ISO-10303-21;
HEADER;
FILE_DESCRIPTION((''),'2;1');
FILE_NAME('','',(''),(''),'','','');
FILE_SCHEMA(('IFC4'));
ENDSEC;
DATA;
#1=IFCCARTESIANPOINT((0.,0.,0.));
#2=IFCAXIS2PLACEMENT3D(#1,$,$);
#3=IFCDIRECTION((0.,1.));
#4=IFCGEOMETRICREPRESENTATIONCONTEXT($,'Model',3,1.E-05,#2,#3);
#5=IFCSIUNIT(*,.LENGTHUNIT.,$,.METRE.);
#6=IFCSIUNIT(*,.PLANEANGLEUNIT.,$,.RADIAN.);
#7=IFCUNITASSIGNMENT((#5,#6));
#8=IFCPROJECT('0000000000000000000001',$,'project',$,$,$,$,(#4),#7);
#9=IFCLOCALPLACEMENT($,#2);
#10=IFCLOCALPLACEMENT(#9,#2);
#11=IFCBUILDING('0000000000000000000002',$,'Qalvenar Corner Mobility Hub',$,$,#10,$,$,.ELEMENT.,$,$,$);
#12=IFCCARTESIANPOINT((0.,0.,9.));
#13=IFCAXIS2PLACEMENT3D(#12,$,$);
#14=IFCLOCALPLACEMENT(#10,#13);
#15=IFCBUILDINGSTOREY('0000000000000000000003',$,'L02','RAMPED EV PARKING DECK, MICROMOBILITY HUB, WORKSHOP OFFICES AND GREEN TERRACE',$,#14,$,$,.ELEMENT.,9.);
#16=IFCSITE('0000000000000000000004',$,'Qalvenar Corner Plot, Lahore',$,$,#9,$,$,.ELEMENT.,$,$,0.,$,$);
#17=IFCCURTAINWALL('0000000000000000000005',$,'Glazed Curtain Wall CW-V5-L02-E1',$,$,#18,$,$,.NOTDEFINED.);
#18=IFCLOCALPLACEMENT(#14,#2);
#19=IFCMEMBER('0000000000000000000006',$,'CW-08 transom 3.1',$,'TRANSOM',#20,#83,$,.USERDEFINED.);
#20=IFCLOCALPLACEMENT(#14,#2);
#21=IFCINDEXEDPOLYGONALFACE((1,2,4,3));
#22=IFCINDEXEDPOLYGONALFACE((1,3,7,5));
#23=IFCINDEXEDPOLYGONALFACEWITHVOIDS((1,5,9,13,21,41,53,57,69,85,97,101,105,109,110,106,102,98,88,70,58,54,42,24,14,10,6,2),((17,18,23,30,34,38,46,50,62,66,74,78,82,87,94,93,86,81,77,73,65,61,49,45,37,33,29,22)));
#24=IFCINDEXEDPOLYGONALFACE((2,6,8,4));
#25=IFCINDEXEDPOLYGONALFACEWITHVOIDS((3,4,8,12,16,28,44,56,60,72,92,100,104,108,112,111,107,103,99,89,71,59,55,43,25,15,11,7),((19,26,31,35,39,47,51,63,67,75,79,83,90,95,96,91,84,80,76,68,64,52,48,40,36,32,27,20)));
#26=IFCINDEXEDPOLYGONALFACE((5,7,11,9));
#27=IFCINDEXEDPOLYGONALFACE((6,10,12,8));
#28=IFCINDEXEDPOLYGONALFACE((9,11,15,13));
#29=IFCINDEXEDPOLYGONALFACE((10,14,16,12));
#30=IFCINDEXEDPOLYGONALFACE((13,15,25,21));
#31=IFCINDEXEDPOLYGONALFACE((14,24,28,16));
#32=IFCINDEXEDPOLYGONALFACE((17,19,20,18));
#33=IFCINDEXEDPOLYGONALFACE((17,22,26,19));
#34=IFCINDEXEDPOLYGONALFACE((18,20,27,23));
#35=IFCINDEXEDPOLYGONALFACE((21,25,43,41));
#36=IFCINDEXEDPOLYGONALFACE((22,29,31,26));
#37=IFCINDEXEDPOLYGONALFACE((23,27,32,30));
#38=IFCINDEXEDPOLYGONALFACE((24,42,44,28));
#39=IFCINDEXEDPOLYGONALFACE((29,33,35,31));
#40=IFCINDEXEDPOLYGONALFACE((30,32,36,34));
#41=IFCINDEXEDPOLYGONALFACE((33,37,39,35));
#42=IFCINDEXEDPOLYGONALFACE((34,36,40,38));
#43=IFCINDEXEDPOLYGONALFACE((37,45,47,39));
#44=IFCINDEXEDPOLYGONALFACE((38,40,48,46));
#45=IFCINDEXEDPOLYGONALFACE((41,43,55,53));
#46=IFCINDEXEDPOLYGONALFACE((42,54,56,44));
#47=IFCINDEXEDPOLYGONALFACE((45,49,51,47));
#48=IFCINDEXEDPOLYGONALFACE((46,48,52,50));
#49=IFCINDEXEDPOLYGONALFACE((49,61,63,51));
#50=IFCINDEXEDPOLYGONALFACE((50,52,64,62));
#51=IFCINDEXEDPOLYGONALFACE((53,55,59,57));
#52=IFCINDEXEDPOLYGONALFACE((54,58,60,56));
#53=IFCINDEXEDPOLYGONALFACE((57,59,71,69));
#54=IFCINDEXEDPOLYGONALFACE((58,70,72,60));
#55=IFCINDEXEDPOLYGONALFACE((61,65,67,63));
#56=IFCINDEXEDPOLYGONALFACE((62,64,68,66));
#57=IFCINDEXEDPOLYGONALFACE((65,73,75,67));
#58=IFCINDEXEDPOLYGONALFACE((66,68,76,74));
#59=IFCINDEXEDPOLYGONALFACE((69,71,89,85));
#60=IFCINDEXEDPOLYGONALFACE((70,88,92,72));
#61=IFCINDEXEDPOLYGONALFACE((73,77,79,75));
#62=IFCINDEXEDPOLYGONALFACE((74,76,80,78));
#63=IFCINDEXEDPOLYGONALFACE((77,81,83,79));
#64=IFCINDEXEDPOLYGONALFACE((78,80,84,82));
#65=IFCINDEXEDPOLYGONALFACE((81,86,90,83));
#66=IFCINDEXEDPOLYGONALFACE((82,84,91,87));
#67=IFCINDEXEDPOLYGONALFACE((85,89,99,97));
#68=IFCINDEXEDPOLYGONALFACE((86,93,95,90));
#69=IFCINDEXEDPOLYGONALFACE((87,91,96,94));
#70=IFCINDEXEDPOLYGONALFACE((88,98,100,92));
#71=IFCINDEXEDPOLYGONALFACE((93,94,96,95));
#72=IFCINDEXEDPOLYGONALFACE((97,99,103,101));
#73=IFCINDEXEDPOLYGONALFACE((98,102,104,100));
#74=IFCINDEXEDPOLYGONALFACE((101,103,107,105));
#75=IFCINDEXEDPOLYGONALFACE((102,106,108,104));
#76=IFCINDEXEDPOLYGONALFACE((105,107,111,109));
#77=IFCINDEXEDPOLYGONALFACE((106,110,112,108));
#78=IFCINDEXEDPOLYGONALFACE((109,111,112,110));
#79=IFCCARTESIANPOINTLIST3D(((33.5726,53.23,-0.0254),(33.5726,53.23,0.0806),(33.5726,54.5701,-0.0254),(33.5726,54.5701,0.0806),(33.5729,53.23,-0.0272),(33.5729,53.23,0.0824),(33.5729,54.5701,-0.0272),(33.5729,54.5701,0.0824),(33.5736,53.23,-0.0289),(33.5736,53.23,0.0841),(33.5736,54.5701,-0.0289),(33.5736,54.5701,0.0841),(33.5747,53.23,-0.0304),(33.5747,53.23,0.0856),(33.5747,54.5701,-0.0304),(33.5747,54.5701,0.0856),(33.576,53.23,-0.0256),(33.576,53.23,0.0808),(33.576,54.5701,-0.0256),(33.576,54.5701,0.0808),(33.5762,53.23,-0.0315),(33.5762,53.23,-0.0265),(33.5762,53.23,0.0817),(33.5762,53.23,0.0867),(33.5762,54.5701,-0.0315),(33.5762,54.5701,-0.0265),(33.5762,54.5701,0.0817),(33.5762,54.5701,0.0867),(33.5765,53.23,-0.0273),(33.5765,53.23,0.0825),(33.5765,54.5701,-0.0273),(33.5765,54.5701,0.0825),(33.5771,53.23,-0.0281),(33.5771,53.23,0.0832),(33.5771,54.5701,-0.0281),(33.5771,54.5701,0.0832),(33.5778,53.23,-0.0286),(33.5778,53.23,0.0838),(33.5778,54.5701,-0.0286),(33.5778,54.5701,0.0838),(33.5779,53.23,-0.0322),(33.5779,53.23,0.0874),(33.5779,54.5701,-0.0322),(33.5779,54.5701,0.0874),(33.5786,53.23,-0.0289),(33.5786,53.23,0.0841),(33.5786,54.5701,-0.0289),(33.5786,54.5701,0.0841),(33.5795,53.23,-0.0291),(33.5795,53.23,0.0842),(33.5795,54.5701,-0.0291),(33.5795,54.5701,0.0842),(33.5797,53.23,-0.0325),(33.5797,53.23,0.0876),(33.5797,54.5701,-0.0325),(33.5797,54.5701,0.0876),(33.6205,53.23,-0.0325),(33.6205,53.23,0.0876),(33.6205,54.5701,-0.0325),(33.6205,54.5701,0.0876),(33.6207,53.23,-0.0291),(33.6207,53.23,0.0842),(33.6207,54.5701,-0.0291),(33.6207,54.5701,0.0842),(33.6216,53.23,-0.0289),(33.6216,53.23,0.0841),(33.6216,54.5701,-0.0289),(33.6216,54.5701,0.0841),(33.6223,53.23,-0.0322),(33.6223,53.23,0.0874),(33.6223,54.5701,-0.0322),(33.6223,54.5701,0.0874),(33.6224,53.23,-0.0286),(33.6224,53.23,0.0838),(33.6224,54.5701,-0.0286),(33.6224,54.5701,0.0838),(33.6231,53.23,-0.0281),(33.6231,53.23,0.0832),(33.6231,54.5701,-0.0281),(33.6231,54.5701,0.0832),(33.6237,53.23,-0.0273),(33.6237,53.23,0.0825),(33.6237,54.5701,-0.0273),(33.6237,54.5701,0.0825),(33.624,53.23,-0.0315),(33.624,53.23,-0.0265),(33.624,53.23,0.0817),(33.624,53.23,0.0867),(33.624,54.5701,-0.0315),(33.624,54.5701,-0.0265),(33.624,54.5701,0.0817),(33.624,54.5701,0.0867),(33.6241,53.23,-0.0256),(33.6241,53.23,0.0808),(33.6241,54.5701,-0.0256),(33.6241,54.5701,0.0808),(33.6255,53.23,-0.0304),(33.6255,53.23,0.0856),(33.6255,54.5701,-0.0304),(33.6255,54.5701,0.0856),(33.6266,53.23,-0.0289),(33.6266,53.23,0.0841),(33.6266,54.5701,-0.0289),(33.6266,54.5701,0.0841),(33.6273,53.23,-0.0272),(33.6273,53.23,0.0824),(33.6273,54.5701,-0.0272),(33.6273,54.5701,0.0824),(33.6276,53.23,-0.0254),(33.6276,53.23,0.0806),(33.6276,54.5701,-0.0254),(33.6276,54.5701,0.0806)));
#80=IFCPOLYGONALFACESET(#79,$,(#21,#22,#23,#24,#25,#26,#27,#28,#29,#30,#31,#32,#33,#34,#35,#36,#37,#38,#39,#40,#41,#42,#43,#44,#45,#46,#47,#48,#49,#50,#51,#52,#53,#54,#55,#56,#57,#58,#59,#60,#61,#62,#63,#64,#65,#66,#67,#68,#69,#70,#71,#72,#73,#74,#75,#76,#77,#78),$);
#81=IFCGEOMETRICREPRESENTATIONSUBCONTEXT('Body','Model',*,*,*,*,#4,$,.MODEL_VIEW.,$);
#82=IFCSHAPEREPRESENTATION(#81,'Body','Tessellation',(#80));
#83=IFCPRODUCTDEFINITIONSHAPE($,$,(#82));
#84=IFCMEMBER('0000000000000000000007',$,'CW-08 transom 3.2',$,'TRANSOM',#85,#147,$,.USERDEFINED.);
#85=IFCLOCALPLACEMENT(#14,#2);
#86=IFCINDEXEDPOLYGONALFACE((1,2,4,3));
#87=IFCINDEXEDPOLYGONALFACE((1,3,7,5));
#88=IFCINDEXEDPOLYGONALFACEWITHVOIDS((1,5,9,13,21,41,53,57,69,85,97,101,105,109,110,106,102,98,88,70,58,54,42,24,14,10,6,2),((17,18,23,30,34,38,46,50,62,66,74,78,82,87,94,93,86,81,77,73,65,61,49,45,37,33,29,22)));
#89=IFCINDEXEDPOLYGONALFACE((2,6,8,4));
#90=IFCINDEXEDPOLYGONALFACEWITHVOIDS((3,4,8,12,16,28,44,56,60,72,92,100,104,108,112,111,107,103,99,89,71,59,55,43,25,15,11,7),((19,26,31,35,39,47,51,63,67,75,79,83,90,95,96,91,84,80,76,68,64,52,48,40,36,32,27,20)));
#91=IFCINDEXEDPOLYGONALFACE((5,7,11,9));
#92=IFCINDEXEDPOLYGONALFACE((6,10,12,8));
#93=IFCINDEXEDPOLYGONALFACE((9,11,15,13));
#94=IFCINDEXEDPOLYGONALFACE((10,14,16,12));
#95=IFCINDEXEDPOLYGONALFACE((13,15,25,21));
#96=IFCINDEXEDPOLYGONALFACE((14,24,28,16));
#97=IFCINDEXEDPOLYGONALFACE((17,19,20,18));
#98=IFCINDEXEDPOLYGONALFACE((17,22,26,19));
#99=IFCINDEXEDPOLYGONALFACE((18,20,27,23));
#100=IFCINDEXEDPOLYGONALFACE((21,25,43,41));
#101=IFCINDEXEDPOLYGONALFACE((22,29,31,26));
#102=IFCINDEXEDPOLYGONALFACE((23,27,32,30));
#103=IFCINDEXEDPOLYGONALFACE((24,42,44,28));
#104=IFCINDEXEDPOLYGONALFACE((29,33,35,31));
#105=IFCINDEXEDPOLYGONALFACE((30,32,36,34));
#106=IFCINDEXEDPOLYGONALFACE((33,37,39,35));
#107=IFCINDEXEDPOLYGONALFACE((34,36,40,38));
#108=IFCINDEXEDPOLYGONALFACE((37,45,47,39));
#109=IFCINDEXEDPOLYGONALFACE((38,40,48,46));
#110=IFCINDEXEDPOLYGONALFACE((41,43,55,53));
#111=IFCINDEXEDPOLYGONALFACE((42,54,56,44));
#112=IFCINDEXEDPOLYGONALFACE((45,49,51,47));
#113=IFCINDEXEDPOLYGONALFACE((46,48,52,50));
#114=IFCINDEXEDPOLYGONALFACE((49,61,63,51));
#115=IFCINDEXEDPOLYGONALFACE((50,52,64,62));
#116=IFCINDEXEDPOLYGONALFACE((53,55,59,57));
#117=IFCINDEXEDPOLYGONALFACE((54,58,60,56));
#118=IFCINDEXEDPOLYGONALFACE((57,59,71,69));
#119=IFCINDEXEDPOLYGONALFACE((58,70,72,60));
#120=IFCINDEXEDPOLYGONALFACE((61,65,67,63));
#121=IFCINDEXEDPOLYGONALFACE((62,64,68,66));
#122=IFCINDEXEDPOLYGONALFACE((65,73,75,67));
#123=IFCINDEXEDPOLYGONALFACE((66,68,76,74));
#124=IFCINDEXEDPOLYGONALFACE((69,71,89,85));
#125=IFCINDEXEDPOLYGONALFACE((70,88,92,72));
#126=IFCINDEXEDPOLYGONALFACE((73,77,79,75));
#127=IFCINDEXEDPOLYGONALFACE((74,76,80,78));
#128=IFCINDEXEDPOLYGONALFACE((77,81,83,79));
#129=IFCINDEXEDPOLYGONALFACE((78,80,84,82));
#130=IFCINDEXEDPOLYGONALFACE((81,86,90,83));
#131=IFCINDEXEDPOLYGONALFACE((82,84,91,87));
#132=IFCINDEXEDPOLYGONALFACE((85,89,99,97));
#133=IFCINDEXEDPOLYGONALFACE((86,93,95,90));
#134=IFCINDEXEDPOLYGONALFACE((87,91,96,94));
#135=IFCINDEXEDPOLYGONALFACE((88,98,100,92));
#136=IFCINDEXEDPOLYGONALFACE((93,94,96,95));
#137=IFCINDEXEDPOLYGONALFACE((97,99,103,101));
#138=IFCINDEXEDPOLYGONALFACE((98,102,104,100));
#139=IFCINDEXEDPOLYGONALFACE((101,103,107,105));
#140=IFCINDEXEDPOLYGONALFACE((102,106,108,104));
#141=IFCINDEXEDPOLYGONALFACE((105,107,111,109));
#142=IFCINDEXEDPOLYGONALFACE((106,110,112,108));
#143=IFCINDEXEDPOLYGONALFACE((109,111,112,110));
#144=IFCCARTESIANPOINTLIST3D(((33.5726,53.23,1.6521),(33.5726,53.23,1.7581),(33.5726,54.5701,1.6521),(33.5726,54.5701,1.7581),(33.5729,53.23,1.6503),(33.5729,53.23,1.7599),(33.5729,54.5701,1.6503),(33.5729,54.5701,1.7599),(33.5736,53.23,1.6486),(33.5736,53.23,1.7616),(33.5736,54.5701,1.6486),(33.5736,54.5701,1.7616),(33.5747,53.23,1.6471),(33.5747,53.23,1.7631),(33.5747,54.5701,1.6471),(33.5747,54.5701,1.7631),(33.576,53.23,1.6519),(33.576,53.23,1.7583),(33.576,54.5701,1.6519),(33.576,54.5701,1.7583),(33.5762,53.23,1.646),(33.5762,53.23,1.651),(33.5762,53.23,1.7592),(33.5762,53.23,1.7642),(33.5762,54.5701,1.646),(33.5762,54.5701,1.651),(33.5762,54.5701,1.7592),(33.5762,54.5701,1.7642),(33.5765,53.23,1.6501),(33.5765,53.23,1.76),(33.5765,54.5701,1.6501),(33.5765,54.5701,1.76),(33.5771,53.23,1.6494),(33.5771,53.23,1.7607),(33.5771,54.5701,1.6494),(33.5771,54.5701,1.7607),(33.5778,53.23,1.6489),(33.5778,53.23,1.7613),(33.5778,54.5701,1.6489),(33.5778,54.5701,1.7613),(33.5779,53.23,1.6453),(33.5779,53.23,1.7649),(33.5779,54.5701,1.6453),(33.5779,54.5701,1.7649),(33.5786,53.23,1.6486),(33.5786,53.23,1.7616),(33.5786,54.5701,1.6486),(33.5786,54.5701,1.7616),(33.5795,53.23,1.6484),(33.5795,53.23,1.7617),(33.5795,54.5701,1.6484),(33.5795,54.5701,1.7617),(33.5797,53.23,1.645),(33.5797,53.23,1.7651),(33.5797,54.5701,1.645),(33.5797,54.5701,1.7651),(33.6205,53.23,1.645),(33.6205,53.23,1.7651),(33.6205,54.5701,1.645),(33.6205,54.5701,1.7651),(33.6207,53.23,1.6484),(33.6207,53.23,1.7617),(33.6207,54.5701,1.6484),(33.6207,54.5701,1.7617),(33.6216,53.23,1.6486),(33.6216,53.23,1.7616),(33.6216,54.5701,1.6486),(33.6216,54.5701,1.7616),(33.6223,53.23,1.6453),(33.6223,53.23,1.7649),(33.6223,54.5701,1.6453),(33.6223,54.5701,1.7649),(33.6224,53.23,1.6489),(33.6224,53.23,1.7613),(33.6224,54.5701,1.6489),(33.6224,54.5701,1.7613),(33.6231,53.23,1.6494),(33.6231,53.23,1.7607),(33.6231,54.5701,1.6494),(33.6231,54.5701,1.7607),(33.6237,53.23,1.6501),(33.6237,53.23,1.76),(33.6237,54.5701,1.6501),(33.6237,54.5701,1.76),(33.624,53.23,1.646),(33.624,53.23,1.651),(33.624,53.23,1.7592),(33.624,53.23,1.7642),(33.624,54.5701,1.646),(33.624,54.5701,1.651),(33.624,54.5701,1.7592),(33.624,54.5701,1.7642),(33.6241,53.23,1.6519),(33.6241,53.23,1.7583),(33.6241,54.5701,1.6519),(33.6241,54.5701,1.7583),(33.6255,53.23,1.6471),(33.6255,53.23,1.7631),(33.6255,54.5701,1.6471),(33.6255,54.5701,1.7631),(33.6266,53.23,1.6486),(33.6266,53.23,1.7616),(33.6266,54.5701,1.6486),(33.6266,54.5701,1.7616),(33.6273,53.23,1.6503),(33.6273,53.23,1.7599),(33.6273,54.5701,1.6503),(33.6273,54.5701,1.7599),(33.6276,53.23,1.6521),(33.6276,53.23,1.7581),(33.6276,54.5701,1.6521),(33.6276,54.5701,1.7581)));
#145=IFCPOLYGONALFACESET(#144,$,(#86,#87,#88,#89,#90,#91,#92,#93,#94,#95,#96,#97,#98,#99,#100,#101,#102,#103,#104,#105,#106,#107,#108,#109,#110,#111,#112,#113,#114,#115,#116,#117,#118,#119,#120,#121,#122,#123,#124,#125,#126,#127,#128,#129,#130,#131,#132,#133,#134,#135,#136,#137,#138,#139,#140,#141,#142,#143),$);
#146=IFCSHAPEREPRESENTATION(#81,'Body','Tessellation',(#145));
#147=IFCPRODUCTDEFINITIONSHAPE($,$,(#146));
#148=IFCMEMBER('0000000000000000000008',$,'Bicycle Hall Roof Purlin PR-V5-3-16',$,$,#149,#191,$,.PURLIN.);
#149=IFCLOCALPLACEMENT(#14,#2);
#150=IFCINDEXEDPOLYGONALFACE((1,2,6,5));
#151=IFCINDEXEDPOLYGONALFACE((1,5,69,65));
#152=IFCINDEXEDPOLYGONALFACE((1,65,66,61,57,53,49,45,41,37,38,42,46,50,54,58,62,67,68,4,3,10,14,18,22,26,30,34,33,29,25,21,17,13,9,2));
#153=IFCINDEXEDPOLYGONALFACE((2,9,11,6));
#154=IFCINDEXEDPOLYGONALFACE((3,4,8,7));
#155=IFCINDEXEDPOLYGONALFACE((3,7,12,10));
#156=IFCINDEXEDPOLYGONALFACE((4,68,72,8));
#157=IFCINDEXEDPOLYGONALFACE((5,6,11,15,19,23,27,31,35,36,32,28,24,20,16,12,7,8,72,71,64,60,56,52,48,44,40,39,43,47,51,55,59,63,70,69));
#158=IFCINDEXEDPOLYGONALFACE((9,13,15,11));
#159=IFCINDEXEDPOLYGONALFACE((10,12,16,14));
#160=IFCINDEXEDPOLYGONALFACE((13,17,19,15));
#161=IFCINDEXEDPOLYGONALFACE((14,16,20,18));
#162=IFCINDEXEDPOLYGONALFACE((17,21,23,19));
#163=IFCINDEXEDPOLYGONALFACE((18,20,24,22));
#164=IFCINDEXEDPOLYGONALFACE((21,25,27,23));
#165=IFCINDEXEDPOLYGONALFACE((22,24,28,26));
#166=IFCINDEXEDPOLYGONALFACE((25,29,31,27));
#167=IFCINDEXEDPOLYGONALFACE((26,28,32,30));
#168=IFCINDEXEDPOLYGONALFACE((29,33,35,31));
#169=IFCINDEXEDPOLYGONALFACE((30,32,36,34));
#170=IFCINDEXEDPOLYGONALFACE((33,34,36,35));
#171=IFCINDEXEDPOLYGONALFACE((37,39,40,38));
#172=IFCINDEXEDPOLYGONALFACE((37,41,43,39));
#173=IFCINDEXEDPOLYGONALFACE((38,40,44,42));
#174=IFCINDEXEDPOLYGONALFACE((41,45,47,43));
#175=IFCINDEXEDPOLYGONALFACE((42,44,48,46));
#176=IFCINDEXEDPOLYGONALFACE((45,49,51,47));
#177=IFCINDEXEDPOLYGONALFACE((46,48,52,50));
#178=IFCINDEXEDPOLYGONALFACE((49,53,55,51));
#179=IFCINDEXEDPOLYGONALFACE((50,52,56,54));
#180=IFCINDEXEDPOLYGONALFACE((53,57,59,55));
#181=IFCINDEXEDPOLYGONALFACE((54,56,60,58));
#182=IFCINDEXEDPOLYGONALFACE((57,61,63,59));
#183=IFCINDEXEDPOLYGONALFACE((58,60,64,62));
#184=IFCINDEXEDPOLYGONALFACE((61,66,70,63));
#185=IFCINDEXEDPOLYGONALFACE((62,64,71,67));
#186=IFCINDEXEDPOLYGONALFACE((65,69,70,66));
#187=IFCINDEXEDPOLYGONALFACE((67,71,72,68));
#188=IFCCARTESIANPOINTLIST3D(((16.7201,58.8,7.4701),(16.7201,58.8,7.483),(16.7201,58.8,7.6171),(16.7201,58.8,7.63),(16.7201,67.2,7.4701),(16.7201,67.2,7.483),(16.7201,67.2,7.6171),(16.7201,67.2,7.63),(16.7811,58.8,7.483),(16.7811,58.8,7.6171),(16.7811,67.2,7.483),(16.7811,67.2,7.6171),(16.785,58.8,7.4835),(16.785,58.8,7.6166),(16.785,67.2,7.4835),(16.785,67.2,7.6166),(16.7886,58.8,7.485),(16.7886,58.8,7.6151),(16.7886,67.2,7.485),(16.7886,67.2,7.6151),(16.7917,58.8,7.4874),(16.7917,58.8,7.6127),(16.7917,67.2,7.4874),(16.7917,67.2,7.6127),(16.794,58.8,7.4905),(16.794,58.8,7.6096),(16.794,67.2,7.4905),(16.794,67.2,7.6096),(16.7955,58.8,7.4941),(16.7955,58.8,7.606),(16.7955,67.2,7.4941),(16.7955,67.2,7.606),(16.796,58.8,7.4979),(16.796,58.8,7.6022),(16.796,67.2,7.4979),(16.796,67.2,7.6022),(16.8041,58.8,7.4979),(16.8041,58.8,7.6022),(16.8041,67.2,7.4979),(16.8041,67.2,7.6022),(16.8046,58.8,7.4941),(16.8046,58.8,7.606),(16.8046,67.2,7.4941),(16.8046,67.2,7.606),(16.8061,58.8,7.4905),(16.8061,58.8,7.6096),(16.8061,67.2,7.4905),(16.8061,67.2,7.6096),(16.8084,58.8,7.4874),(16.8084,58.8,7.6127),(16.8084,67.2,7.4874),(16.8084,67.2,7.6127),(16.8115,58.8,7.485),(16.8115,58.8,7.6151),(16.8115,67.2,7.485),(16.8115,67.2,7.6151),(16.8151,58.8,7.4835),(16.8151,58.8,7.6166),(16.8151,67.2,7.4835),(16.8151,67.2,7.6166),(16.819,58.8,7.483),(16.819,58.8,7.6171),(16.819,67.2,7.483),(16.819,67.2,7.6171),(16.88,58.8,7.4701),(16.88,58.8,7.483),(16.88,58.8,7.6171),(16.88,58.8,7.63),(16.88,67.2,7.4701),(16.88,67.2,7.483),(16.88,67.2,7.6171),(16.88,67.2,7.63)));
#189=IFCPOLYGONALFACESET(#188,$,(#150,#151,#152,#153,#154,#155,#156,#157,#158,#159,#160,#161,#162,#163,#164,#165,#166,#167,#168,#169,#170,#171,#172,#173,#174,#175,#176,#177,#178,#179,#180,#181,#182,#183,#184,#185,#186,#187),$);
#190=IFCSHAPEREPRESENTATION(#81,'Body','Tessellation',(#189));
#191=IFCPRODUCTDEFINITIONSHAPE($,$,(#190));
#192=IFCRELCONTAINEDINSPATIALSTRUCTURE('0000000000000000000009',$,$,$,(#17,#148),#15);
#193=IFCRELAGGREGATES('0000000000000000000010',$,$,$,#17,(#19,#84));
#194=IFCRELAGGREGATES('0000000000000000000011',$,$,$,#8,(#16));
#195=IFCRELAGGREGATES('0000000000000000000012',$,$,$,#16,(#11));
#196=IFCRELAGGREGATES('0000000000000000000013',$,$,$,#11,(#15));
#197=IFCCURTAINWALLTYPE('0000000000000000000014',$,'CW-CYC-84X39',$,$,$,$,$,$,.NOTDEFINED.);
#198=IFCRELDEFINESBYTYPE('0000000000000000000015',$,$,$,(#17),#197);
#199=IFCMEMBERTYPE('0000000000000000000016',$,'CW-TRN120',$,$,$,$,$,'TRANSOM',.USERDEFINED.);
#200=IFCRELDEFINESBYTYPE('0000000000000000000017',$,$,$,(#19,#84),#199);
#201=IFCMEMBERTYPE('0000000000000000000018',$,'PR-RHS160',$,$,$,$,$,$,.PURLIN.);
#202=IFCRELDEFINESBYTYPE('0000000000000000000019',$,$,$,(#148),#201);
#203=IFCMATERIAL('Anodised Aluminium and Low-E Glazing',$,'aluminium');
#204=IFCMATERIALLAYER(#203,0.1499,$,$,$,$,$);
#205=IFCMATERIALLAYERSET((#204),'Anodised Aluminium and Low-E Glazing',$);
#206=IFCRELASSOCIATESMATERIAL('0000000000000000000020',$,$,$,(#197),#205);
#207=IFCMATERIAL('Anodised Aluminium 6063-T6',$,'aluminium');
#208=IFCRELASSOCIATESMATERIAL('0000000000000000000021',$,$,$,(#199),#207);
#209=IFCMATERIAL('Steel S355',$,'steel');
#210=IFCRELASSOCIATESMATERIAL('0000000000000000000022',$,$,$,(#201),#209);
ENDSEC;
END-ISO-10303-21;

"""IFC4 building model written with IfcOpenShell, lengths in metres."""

from ifc_helpers import new_model, si_unit, direction, frame, origin, origin_2d, place, context, subcontext, project, spatial, hollow_rectangle, i_section, extrude, material, layer, layer_set, material_profile, profile_set, type_object, element, aggregate, save


model = new_model("IFC4")

# Units and contexts
model_context = context("Model", 3, precision=1e-05, world=origin(), true_north=direction((0.0, 1.0)))
body_context = subcontext(model_context, "Body", "Model", "MODEL_VIEW")
ifc_project = project(units=[si_unit("LENGTHUNIT", "METRE"), si_unit("PLANEANGLEUNIT", "RADIAN")], contexts=[model_context])

# Site, building, storey
site_placement = place(None, origin())
site = spatial("IfcSite", under=ifc_project, at=site_placement, Name="Qalvenar Corner Plot, Lahore", CompositionType="ELEMENT", RefElevation=0.0)
building_placement = place(site_placement, origin())
building = spatial("IfcBuilding", under=site, at=building_placement, Name="Qalvenar Corner Mobility Hub", CompositionType="ELEMENT")
storey_placement = place(building_placement, frame((0.0, 0.0, 9.0)))
storey = spatial("IfcBuildingStorey", under=building, at=storey_placement, Name="L02", Description="RAMPED EV PARKING DECK, MICROMOBILITY HUB, WORKSHOP OFFICES AND GREEN TERRACE", CompositionType="ELEMENT", Elevation=9.0)

# Shared definitions
ifc_material_1 = material(Name="Steel S355", Category="steel")

# Curtain wall, members
ifc_material_2 = material(Name="Anodised Aluminium and Low-E Glazing", Category="aluminium")
ifc_layer_1 = layer(ifc_material_2, 0.1499)
ifc_layer_set_1 = layer_set([ifc_layer_1], Name="Anodised Aluminium and Low-E Glazing")
curtain_wall_type = type_object("IfcCurtainWallType", Name="CW-CYC-84X39", PredefinedType="NOTDEFINED", material=ifc_layer_set_1)
curtain_wall_placement = place(storey_placement, origin())
curtain_wall = element("IfcCurtainWall", 1, at=curtain_wall_placement, inside=storey, type_object=curtain_wall_type, Name="Glazed Curtain Wall CW-V5-L02-E1", PredefinedType="NOTDEFINED")
ifc_material_3 = material(Name="Anodised Aluminium 6063-T6", Category="aluminium")
ifc_material_profile_1 = material_profile(ifc_material_3, hollow_rectangle(XDim=0.0549, YDim=0.1201, WallThickness=0.0034, InnerFilletRadius=0.0034, OuterFilletRadius=0.0071, at=origin_2d()), Name="RHS120x55x3.5")
ifc_profile_set_1 = profile_set([ifc_material_profile_1], Name="Anodised Aluminium 6063-T6")
member_type_1 = type_object("IfcMemberType", Name="CW-TRN120", ElementType="TRANSOM", PredefinedType="USERDEFINED", material=ifc_profile_set_1)
member_1_placement = place(storey_placement, frame((33.6001, 53.23, 0.0276), z_axis=(0.0, 1.0, 0.0), x_axis=(-1.0, 0.0, 0.0)))
member_1 = element("IfcMember", 2, at=member_1_placement, type_object=member_type_1, Name="CW-08 transom 3.1", ObjectType="TRANSOM", PredefinedType="USERDEFINED", context=body_context, shape_type="SweptSolid", body=[
    extrude(hollow_rectangle(XDim=0.0549, YDim=0.1201, WallThickness=0.0034, InnerFilletRadius=0.0034, OuterFilletRadius=0.0071, at=origin_2d()), origin(), (0.0, 0.0, 1.0), 1.3401),
])
member_2_placement = place(storey_placement, frame((33.6001, 53.23, 1.7051), z_axis=(0.0, 1.0, 0.0), x_axis=(-1.0, 0.0, 0.0)))
member_2 = element("IfcMember", 3, at=member_2_placement, type_object=member_type_1, Name="CW-08 transom 3.2", ObjectType="TRANSOM", PredefinedType="USERDEFINED", context=body_context, shape_type="SweptSolid", body=[
    extrude(hollow_rectangle(XDim=0.0549, YDim=0.1201, WallThickness=0.0034, InnerFilletRadius=0.0034, OuterFilletRadius=0.0071, at=origin_2d()), origin(), (0.0, 0.0, 1.0), 1.3401),
])
aggregate(curtain_wall, [member_1, member_2])

# Member
ifc_material_profile_2 = material_profile(ifc_material_1, i_section(OverallWidth=0.1599, OverallDepth=0.1599, WebThickness=0.0081, FlangeThickness=0.0129, FilletRadius=0.0149, at=origin_2d()), Name="HEB160")
ifc_profile_set_2 = profile_set([ifc_material_profile_2], Name="Steel S355")
member_type_2 = type_object("IfcMemberType", Name="PR-RHS160", PredefinedType="PURLIN", material=ifc_profile_set_2)
for number, where, z_axis, x_axis, name in (
    (4, (16.8, 58.8, 7.55), (0.0, 1.0, 0.0), (-1.0, 0.0, 0.0), "Bicycle Hall Roof Purlin PR-V5-3-16"),
):
    element("IfcMember", number, at=place(storey_placement, frame(where, z_axis=z_axis, x_axis=x_axis)), inside=storey, type_object=member_type_2, Name=name, PredefinedType="PURLIN", context=body_context, shape_type="SweptSolid", body=[
        extrude(i_section(OverallWidth=0.1599, OverallDepth=0.1599, WebThickness=0.0081, FlangeThickness=0.0129, FilletRadius=0.0149, at=origin_2d()), origin(), (0.0, 0.0, 1.0), 8.3999),
    ])

save(model, "model.ifc")
